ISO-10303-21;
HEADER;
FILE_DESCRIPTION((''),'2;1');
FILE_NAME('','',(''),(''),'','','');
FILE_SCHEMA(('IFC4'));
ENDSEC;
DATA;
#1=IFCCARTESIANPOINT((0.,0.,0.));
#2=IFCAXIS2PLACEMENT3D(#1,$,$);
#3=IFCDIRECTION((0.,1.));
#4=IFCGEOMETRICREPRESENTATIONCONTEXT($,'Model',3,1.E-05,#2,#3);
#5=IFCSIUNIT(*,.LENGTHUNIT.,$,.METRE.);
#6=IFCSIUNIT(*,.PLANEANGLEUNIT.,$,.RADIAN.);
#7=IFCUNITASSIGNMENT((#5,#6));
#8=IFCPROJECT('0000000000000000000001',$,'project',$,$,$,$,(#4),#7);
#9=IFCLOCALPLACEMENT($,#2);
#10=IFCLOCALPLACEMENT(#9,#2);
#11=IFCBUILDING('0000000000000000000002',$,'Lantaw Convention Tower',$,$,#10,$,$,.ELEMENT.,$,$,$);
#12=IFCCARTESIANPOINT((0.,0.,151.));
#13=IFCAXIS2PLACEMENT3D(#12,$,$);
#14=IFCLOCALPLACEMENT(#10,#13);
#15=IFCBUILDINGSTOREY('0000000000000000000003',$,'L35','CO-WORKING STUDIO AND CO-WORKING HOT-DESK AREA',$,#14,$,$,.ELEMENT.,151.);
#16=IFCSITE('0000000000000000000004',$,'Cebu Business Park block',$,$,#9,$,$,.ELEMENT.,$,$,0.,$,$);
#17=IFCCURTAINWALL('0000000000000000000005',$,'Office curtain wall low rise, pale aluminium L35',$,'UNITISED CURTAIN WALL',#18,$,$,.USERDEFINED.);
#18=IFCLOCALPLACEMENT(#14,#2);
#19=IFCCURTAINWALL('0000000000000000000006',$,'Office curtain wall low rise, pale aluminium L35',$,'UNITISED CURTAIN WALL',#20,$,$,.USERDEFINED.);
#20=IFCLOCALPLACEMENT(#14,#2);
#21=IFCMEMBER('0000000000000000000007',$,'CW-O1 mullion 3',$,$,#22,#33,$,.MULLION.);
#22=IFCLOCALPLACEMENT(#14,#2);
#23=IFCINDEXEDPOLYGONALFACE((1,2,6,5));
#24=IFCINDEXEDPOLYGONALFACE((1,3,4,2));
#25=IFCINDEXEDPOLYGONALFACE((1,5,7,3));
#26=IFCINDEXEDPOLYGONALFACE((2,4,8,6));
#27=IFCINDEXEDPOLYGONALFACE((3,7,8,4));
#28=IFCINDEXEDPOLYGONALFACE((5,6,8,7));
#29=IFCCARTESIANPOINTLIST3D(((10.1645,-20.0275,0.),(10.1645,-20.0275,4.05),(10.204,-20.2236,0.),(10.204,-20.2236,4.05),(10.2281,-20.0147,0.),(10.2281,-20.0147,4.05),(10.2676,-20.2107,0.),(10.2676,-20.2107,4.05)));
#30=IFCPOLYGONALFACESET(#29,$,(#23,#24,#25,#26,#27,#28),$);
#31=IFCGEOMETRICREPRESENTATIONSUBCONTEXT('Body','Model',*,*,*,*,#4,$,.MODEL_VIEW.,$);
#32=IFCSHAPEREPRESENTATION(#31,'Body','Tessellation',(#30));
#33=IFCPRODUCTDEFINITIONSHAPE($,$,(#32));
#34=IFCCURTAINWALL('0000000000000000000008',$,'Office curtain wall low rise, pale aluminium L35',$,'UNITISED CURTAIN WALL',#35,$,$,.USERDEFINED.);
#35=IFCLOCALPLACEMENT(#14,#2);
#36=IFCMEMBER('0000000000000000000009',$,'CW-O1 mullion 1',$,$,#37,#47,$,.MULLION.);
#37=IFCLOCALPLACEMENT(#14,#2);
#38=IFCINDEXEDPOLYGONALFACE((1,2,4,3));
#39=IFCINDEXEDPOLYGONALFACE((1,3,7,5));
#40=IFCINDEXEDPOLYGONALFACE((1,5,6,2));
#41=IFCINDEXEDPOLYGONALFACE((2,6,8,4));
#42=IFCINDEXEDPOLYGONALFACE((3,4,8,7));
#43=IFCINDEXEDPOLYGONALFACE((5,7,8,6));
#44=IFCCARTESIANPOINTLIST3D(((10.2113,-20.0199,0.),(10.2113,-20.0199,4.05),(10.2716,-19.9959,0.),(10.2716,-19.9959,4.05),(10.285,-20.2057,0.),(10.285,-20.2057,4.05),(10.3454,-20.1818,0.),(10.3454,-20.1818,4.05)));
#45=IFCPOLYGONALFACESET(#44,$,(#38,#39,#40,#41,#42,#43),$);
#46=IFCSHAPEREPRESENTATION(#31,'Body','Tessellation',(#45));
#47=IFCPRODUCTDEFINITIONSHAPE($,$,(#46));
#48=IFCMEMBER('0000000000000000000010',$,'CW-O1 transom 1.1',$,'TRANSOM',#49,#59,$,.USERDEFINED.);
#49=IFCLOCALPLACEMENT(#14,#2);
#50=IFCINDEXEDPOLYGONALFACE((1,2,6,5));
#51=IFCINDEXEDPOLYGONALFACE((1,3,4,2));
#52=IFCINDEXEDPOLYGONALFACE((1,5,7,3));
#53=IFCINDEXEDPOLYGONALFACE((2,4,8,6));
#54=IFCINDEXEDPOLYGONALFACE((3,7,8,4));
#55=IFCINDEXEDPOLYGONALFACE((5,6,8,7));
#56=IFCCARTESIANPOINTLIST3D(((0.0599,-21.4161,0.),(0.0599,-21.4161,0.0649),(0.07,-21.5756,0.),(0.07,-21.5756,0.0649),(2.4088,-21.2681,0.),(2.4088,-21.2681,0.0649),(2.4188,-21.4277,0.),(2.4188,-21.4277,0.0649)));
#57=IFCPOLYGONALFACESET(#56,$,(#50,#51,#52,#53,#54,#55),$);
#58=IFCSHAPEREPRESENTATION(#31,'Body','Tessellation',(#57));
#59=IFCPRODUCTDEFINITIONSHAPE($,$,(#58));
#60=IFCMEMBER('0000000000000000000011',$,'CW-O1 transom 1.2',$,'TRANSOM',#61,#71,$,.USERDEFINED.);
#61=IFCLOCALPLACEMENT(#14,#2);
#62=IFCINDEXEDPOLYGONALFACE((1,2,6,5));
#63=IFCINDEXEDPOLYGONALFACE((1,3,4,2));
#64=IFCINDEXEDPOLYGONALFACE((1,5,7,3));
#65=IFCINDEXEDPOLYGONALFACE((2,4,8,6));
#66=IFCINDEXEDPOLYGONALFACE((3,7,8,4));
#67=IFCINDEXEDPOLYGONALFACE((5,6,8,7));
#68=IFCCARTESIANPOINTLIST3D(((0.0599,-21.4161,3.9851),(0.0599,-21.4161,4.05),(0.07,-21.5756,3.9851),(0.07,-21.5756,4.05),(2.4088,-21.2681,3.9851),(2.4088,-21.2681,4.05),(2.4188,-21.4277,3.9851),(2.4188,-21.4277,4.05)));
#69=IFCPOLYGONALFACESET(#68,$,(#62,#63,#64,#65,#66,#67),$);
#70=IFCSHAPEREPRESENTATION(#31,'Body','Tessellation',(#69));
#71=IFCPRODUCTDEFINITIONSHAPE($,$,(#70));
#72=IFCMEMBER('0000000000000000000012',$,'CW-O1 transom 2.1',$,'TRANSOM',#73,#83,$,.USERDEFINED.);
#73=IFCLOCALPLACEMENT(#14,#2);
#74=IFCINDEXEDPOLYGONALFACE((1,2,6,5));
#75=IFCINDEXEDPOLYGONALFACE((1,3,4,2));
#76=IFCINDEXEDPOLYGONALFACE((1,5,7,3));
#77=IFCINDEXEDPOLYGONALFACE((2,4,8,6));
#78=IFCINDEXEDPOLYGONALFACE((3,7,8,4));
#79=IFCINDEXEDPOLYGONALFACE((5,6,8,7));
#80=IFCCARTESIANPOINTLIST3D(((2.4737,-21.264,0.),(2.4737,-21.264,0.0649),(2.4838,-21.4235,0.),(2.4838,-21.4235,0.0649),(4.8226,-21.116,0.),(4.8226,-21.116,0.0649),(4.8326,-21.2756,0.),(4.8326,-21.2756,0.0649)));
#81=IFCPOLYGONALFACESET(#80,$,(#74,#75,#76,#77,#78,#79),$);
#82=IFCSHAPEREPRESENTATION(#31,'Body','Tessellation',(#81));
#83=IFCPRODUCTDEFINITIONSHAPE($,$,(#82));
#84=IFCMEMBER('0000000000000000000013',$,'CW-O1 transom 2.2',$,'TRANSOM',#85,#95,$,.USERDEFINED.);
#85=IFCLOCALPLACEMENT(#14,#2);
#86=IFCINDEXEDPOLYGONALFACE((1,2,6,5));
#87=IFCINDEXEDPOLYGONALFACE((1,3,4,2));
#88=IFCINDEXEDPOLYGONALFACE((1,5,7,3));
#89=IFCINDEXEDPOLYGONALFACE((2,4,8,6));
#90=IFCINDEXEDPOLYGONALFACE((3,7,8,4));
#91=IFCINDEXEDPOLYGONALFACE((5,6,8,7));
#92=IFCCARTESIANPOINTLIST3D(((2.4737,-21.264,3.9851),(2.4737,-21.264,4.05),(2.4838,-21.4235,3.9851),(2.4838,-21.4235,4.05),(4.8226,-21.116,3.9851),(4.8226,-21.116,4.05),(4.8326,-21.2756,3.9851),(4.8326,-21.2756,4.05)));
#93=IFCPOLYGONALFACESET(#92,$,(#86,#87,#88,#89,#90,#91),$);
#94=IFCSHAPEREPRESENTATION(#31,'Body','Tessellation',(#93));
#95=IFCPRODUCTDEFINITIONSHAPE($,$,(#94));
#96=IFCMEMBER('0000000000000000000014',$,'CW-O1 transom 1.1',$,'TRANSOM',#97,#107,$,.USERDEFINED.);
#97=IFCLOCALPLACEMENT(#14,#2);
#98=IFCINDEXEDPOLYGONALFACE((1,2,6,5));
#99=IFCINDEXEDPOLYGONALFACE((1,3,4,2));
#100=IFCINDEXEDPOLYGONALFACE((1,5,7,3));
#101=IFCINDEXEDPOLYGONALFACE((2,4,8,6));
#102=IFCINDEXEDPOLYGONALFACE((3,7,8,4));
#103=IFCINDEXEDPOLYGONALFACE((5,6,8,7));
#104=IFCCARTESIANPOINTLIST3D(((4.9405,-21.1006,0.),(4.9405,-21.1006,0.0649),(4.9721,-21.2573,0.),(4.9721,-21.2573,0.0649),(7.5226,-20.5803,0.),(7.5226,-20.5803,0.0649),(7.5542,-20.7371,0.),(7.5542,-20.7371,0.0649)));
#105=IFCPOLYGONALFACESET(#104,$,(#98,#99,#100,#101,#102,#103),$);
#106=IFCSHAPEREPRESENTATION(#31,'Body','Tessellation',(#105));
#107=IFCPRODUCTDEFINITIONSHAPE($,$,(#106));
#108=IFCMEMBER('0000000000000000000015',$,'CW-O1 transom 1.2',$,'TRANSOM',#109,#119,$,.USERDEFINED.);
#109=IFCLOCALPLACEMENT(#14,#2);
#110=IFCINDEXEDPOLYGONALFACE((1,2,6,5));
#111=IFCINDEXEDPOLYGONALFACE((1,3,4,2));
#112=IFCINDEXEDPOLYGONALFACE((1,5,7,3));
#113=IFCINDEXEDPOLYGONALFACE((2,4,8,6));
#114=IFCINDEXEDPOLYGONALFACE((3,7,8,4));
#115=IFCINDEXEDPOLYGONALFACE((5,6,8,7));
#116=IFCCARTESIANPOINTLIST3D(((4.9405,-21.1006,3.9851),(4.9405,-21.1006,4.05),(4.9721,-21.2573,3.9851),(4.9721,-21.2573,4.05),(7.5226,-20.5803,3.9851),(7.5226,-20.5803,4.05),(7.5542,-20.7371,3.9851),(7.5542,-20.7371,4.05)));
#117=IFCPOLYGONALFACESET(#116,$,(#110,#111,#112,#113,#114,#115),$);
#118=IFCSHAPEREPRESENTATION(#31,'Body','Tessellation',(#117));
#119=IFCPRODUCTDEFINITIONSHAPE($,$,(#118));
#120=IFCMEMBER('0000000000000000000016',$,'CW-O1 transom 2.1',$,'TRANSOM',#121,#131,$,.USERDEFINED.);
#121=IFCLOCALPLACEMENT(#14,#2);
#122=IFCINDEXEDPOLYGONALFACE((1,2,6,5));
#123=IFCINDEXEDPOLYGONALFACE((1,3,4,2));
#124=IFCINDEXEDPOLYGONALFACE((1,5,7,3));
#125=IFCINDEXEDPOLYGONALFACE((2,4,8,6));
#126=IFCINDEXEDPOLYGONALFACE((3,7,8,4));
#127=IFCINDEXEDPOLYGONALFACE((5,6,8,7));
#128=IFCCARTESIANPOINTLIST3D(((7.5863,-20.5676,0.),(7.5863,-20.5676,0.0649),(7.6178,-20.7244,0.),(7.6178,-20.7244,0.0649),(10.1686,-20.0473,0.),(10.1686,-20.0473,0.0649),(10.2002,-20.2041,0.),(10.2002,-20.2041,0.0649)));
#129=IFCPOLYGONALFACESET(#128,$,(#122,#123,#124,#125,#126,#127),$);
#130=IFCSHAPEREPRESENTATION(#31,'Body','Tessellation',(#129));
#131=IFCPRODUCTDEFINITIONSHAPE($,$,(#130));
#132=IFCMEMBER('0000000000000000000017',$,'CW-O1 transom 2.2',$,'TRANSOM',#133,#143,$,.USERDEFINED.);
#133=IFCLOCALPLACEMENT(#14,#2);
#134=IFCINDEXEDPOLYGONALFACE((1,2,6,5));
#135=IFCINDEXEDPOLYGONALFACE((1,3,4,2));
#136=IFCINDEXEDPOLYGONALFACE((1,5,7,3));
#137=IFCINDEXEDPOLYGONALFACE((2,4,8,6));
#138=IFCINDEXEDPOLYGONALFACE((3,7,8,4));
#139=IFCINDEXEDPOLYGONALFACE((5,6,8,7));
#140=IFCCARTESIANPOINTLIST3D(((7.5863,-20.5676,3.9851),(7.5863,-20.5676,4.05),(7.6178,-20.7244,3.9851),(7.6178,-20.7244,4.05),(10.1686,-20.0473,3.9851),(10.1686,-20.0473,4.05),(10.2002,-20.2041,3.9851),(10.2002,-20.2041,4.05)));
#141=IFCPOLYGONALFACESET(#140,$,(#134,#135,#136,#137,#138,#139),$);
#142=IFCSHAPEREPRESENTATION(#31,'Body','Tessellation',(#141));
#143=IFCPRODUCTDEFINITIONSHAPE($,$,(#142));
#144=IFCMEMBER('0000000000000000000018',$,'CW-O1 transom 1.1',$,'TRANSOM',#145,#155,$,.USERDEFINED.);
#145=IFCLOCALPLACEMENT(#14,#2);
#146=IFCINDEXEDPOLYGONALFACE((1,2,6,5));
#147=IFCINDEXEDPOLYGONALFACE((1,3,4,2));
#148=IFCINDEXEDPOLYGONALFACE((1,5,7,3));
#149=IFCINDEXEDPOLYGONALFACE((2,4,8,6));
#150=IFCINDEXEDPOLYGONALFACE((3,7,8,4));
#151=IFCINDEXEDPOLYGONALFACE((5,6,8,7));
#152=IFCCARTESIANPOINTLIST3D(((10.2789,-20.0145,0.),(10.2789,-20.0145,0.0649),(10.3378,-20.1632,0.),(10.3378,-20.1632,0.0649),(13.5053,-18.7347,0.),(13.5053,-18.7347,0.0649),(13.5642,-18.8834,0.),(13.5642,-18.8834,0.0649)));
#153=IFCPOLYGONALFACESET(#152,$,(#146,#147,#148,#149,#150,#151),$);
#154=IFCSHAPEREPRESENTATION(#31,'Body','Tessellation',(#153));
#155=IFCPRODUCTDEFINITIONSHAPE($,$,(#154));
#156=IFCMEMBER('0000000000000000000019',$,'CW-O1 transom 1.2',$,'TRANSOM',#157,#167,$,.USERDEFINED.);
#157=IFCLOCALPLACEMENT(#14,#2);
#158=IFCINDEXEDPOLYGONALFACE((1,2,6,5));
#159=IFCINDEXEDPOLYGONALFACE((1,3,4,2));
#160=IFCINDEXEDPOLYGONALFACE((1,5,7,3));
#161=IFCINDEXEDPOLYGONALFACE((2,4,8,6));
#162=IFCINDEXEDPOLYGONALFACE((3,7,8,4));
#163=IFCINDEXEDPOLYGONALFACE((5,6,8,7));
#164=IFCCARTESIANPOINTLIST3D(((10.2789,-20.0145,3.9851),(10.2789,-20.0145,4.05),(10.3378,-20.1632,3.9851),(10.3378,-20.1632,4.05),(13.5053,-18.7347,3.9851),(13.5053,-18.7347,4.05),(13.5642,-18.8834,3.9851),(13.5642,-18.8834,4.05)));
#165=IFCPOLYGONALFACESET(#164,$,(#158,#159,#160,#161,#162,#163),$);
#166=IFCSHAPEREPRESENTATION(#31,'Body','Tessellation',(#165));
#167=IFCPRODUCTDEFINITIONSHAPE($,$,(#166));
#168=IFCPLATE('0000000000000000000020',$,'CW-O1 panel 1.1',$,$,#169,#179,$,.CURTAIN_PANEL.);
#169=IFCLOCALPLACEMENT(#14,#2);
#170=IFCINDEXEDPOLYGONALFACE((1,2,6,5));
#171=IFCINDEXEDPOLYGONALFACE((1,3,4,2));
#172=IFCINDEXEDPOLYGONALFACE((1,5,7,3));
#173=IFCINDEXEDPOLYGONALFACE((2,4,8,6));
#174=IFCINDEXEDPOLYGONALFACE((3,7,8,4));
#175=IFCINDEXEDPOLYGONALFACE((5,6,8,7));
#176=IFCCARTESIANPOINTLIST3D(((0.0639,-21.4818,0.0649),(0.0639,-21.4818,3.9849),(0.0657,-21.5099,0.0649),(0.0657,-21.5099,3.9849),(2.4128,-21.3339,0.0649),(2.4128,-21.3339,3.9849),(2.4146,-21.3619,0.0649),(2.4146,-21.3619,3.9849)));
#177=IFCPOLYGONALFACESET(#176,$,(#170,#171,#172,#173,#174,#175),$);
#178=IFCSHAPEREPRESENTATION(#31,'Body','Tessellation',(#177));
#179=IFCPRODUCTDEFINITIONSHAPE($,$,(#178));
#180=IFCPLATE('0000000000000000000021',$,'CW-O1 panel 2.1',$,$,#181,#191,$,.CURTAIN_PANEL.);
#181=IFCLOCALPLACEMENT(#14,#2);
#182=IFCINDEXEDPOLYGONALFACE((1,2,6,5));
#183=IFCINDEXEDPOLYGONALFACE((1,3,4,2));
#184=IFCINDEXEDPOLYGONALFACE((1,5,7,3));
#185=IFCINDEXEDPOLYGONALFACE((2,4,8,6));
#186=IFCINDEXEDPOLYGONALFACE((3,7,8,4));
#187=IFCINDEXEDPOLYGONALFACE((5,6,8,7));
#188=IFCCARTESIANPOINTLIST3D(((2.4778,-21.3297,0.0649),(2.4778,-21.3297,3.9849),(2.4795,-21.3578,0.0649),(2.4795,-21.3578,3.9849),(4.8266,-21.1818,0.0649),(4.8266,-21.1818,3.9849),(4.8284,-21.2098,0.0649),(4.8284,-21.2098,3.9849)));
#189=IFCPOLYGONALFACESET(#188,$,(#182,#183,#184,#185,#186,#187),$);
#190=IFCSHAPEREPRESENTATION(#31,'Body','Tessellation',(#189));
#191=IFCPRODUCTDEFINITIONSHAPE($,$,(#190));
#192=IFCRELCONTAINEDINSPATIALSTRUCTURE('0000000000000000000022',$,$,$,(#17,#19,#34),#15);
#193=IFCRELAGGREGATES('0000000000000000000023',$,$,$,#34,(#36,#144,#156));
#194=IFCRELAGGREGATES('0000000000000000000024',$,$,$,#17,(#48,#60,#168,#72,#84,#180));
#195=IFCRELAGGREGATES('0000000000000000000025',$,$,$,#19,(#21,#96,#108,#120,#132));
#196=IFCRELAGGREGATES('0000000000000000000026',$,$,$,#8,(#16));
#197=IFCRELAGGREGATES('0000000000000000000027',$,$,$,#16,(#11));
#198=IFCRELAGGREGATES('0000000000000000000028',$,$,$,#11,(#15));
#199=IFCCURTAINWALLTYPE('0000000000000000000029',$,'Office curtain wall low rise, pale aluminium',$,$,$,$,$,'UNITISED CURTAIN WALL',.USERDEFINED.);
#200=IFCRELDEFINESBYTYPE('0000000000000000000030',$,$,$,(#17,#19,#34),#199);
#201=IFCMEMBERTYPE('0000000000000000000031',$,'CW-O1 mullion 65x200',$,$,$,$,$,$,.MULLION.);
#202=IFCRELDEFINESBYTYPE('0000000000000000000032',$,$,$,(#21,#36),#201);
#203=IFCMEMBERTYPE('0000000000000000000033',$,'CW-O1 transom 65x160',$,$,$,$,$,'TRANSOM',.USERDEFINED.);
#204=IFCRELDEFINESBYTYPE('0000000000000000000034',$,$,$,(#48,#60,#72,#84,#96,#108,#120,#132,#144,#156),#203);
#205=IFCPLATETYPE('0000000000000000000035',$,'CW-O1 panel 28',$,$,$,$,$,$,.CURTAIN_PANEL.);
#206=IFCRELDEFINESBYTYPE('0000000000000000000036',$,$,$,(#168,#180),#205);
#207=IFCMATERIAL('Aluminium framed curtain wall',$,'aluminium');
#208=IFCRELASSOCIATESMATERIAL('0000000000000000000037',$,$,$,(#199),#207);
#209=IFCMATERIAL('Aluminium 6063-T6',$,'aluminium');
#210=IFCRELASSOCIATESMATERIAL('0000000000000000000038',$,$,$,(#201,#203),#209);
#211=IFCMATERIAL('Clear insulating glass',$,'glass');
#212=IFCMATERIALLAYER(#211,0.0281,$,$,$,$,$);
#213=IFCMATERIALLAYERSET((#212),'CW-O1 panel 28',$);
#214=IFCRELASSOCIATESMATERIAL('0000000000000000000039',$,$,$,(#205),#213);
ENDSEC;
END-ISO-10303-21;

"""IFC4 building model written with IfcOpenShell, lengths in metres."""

from ifc_helpers import new_model, si_unit, direction, frame, origin, origin_2d, place, context, subcontext, project, spatial, rectangle, extrude, material, layer, layer_set, material_profile, profile_set, type_object, element, aggregate, save


model = new_model("IFC4")

# Units and contexts
model_context = context("Model", 3, precision=1e-05, world=origin(), true_north=direction((0.0, 1.0)))
body_context = subcontext(model_context, "Body", "Model", "MODEL_VIEW")
ifc_project = project(units=[si_unit("LENGTHUNIT", "METRE"), si_unit("PLANEANGLEUNIT", "RADIAN")], contexts=[model_context])

# Site, building, storey
site_placement = place(None, origin())
site = spatial("IfcSite", under=ifc_project, at=site_placement, Name="Cebu Business Park block", CompositionType="ELEMENT", RefElevation=0.0)
building_placement = place(site_placement, origin())
building = spatial("IfcBuilding", under=site, at=building_placement, Name="Lantaw Convention Tower", CompositionType="ELEMENT")
storey_placement = place(building_placement, frame((0.0, 0.0, 151.0)))
storey = spatial("IfcBuildingStorey", under=building, at=storey_placement, Name="L35", Description="CO-WORKING STUDIO AND CO-WORKING HOT-DESK AREA", CompositionType="ELEMENT", Elevation=151.0)

# Curtain walls, member
ifc_material_1 = material(Name="Aluminium framed curtain wall", Category="aluminium")
curtain_wall_type = type_object("IfcCurtainWallType", Name="Office curtain wall low rise, pale aluminium", ElementType="UNITISED CURTAIN WALL", PredefinedType="USERDEFINED", material=ifc_material_1)
curtain_wall_1_placement = place(storey_placement, origin())
curtain_wall_1 = element("IfcCurtainWall", 1, at=curtain_wall_1_placement, inside=storey, type_object=curtain_wall_type, Name="Office curtain wall low rise, pale aluminium L35", ObjectType="UNITISED CURTAIN WALL", PredefinedType="USERDEFINED")
ifc_material_2 = material(Name="Aluminium 6063-T6", Category="aluminium")
ifc_material_profile_1 = material_profile(ifc_material_2, rectangle(XDim=0.2, YDim=0.0649, at=origin_2d()), Name="CW-O1 mullion 65x200")
ifc_profile_set_1 = profile_set([ifc_material_profile_1], Name="Aluminium 6063-T6")
member_type_1 = type_object("IfcMemberType", Name="CW-O1 mullion 65x200", PredefinedType="MULLION", material=ifc_profile_set_1)
curtain_wall_2_placement = place(storey_placement, origin())
curtain_wall_2 = element("IfcCurtainWall", 2, at=curtain_wall_2_placement, inside=storey, type_object=curtain_wall_type, Name="Office curtain wall low rise, pale aluminium L35", ObjectType="UNITISED CURTAIN WALL", PredefinedType="USERDEFINED")
member_1_placement = place(storey_placement, frame((10.2161, -20.1191, 0.0), z_axis=(0.0, 0.0, 1.0), x_axis=(-0.197507, 0.980302, 0.0)))
member_1 = element("IfcMember", 3, at=member_1_placement, type_object=member_type_1, Name="CW-O1 mullion 3", PredefinedType="MULLION", context=body_context, shape_type="SweptSolid", body=[
    extrude(rectangle(XDim=0.2, YDim=0.0649, at=origin_2d()), origin(), (0.0, 0.0, 1.0), 4.05),
])

# Curtain wall, member
curtain_wall_3_placement = place(storey_placement, origin())
curtain_wall_3 = element("IfcCurtainWall", 4, at=curtain_wall_3_placement, inside=storey, type_object=curtain_wall_type, Name="Office curtain wall low rise, pale aluminium L35", ObjectType="UNITISED CURTAIN WALL", PredefinedType="USERDEFINED")
member_2_placement = place(storey_placement, frame((10.2783, -20.1008, 0.0), z_axis=(0.0, 0.0, 1.0), x_axis=(-0.368702, 0.929548, 0.0)))
member_2 = element("IfcMember", 5, at=member_2_placement, type_object=member_type_1, Name="CW-O1 mullion 1", PredefinedType="MULLION", context=body_context, shape_type="SweptSolid", body=[
    extrude(rectangle(XDim=0.2, YDim=0.0649, at=origin_2d()), origin(), (0.0, 0.0, 1.0), 4.05),
])

# Members
ifc_material_profile_2 = material_profile(ifc_material_2, rectangle(XDim=0.1599, YDim=0.0649, at=origin_2d()), Name="CW-O1 transom 65x160")
ifc_profile_set_2 = profile_set([ifc_material_profile_2], Name="Aluminium 6063-T6")
member_type_2 = type_object("IfcMemberType", Name="CW-O1 transom 65x160", ElementType="TRANSOM", PredefinedType="USERDEFINED", material=ifc_profile_set_2)
member_3_placement = place(storey_placement, frame((0.0649, -21.4958, 0.0325), z_axis=(0.998022, 0.062863, 0.0), x_axis=(-0.062863, 0.998022, 0.0)))
member_3 = element("IfcMember", 6, at=member_3_placement, type_object=member_type_2, Name="CW-O1 transom 1.1", ObjectType="TRANSOM", PredefinedType="USERDEFINED", context=body_context, shape_type="SweptSolid", body=[
    extrude(rectangle(XDim=0.1599, YDim=0.0649, at=origin_2d()), origin(), (0.0, 0.0, 1.0), 2.3535),
])
member_4_placement = place(storey_placement, frame((0.0649, -21.4958, 4.0176), z_axis=(0.998022, 0.062863, 0.0), x_axis=(-0.062863, 0.998022, 0.0)))
member_4 = element("IfcMember", 7, at=member_4_placement, type_object=member_type_2, Name="CW-O1 transom 1.2", ObjectType="TRANSOM", PredefinedType="USERDEFINED", context=body_context, shape_type="SweptSolid", body=[
    extrude(rectangle(XDim=0.1599, YDim=0.0649, at=origin_2d()), origin(), (0.0, 0.0, 1.0), 2.3535),
])
member_5_placement = place(storey_placement, frame((2.4788, -21.3438, 0.0325), z_axis=(0.998022, 0.062863, 0.0), x_axis=(-0.062863, 0.998022, 0.0)))
member_5 = element("IfcMember", 8, at=member_5_placement, type_object=member_type_2, Name="CW-O1 transom 2.1", ObjectType="TRANSOM", PredefinedType="USERDEFINED", context=body_context, shape_type="SweptSolid", body=[
    extrude(rectangle(XDim=0.1599, YDim=0.0649, at=origin_2d()), origin(), (0.0, 0.0, 1.0), 2.3535),
])
member_6_placement = place(storey_placement, frame((2.4788, -21.3438, 4.0176), z_axis=(0.998022, 0.062863, 0.0), x_axis=(-0.062863, 0.998022, 0.0)))
member_6 = element("IfcMember", 9, at=member_6_placement, type_object=member_type_2, Name="CW-O1 transom 2.2", ObjectType="TRANSOM", PredefinedType="USERDEFINED", context=body_context, shape_type="SweptSolid", body=[
    extrude(rectangle(XDim=0.1599, YDim=0.0649, at=origin_2d()), origin(), (0.0, 0.0, 1.0), 2.3535),
])
member_7_placement = place(storey_placement, frame((4.9563, -21.179, 0.0325), z_axis=(0.980298, 0.197524, 0.0), x_axis=(-0.197524, 0.980298, 0.0)))
member_7 = element("IfcMember", 10, at=member_7_placement, type_object=member_type_2, Name="CW-O1 transom 1.1", ObjectType="TRANSOM", PredefinedType="USERDEFINED", context=body_context, shape_type="SweptSolid", body=[
    extrude(rectangle(XDim=0.1599, YDim=0.0649, at=origin_2d()), origin(), (0.0, 0.0, 1.0), 2.634),
])
member_8_placement = place(storey_placement, frame((4.9563, -21.179, 4.0176), z_axis=(0.980298, 0.197524, 0.0), x_axis=(-0.197524, 0.980298, 0.0)))
member_8 = element("IfcMember", 11, at=member_8_placement, type_object=member_type_2, Name="CW-O1 transom 1.2", ObjectType="TRANSOM", PredefinedType="USERDEFINED", context=body_context, shape_type="SweptSolid", body=[
    extrude(rectangle(XDim=0.1599, YDim=0.0649, at=origin_2d()), origin(), (0.0, 0.0, 1.0), 2.634),
])
member_9_placement = place(storey_placement, frame((7.6021, -20.646, 0.0325), z_axis=(0.980302, 0.197506, 0.0), x_axis=(-0.197506, 0.980302, 0.0)))
member_9 = element("IfcMember", 12, at=member_9_placement, type_object=member_type_2, Name="CW-O1 transom 2.1", ObjectType="TRANSOM", PredefinedType="USERDEFINED", context=body_context, shape_type="SweptSolid", body=[
    extrude(rectangle(XDim=0.1599, YDim=0.0649, at=origin_2d()), origin(), (0.0, 0.0, 1.0), 2.6343),
])
member_10_placement = place(storey_placement, frame((7.6021, -20.646, 4.0176), z_axis=(0.980302, 0.197506, 0.0), x_axis=(-0.197506, 0.980302, 0.0)))
member_10 = element("IfcMember", 13, at=member_10_placement, type_object=member_type_2, Name="CW-O1 transom 2.2", ObjectType="TRANSOM", PredefinedType="USERDEFINED", context=body_context, shape_type="SweptSolid", body=[
    extrude(rectangle(XDim=0.1599, YDim=0.0649, at=origin_2d()), origin(), (0.0, 0.0, 1.0), 2.6343),
])
member_11_placement = place(storey_placement, frame((10.3083, -20.0889, 0.0325), z_axis=(0.92954, 0.368721, 0.0), x_axis=(-0.368721, 0.92954, 0.0)))
member_11 = element("IfcMember", 14, at=member_11_placement, type_object=member_type_2, Name="CW-O1 transom 1.1", ObjectType="TRANSOM", PredefinedType="USERDEFINED", context=body_context, shape_type="SweptSolid", body=[
    extrude(rectangle(XDim=0.1599, YDim=0.0649, at=origin_2d()), origin(), (0.0, 0.0, 1.0), 3.4709),
])
member_12_placement = place(storey_placement, frame((10.3083, -20.0889, 4.0176), z_axis=(0.92954, 0.368721, 0.0), x_axis=(-0.368721, 0.92954, 0.0)))
member_12 = element("IfcMember", 15, at=member_12_placement, type_object=member_type_2, Name="CW-O1 transom 1.2", ObjectType="TRANSOM", PredefinedType="USERDEFINED", context=body_context, shape_type="SweptSolid", body=[
    extrude(rectangle(XDim=0.1599, YDim=0.0649, at=origin_2d()), origin(), (0.0, 0.0, 1.0), 3.4709),
])
aggregate(curtain_wall_3, [member_2, member_11, member_12])

# Plates
ifc_material_3 = material(Name="Clear insulating glass", Category="glass")
ifc_layer_1 = layer(ifc_material_3, 0.0281)
ifc_layer_set_1 = layer_set([ifc_layer_1], Name="CW-O1 panel 28")
plate_type_1 = type_object("IfcPlateType", Name="CW-O1 panel 28", PredefinedType="CURTAIN_PANEL", material=ifc_layer_set_1)
plate_1_placement = place(storey_placement, frame((1.2393, -21.4219, 0.0649), z_axis=(0.0, 0.0, 1.0), x_axis=(0.998022, 0.062865, 0.0)))
plate_1 = element("IfcPlate", 16, at=plate_1_placement, type_object=plate_type_1, Name="CW-O1 panel 1.1", PredefinedType="CURTAIN_PANEL", context=body_context, shape_type="SweptSolid", body=[
    extrude(rectangle(XDim=2.3535, YDim=0.0281, at=origin_2d()), origin(), (0.0, 0.0, 1.0), 3.9199),
])
plate_2_placement = place(storey_placement, frame((3.6531, -21.2698, 0.0649), z_axis=(0.0, 0.0, 1.0), x_axis=(0.998022, 0.062865, 0.0)))
plate_2 = element("IfcPlate", 17, at=plate_2_placement, type_object=plate_type_1, Name="CW-O1 panel 2.1", PredefinedType="CURTAIN_PANEL", context=body_context, shape_type="SweptSolid", body=[
    extrude(rectangle(XDim=2.3535, YDim=0.0281, at=origin_2d()), origin(), (0.0, 0.0, 1.0), 3.9199),
])
aggregate(curtain_wall_1, [member_3, member_4, plate_1, member_5, member_6, plate_2])
aggregate(curtain_wall_2, [member_1, member_7, member_8, member_9, member_10])

save(model, "model.ifc")
